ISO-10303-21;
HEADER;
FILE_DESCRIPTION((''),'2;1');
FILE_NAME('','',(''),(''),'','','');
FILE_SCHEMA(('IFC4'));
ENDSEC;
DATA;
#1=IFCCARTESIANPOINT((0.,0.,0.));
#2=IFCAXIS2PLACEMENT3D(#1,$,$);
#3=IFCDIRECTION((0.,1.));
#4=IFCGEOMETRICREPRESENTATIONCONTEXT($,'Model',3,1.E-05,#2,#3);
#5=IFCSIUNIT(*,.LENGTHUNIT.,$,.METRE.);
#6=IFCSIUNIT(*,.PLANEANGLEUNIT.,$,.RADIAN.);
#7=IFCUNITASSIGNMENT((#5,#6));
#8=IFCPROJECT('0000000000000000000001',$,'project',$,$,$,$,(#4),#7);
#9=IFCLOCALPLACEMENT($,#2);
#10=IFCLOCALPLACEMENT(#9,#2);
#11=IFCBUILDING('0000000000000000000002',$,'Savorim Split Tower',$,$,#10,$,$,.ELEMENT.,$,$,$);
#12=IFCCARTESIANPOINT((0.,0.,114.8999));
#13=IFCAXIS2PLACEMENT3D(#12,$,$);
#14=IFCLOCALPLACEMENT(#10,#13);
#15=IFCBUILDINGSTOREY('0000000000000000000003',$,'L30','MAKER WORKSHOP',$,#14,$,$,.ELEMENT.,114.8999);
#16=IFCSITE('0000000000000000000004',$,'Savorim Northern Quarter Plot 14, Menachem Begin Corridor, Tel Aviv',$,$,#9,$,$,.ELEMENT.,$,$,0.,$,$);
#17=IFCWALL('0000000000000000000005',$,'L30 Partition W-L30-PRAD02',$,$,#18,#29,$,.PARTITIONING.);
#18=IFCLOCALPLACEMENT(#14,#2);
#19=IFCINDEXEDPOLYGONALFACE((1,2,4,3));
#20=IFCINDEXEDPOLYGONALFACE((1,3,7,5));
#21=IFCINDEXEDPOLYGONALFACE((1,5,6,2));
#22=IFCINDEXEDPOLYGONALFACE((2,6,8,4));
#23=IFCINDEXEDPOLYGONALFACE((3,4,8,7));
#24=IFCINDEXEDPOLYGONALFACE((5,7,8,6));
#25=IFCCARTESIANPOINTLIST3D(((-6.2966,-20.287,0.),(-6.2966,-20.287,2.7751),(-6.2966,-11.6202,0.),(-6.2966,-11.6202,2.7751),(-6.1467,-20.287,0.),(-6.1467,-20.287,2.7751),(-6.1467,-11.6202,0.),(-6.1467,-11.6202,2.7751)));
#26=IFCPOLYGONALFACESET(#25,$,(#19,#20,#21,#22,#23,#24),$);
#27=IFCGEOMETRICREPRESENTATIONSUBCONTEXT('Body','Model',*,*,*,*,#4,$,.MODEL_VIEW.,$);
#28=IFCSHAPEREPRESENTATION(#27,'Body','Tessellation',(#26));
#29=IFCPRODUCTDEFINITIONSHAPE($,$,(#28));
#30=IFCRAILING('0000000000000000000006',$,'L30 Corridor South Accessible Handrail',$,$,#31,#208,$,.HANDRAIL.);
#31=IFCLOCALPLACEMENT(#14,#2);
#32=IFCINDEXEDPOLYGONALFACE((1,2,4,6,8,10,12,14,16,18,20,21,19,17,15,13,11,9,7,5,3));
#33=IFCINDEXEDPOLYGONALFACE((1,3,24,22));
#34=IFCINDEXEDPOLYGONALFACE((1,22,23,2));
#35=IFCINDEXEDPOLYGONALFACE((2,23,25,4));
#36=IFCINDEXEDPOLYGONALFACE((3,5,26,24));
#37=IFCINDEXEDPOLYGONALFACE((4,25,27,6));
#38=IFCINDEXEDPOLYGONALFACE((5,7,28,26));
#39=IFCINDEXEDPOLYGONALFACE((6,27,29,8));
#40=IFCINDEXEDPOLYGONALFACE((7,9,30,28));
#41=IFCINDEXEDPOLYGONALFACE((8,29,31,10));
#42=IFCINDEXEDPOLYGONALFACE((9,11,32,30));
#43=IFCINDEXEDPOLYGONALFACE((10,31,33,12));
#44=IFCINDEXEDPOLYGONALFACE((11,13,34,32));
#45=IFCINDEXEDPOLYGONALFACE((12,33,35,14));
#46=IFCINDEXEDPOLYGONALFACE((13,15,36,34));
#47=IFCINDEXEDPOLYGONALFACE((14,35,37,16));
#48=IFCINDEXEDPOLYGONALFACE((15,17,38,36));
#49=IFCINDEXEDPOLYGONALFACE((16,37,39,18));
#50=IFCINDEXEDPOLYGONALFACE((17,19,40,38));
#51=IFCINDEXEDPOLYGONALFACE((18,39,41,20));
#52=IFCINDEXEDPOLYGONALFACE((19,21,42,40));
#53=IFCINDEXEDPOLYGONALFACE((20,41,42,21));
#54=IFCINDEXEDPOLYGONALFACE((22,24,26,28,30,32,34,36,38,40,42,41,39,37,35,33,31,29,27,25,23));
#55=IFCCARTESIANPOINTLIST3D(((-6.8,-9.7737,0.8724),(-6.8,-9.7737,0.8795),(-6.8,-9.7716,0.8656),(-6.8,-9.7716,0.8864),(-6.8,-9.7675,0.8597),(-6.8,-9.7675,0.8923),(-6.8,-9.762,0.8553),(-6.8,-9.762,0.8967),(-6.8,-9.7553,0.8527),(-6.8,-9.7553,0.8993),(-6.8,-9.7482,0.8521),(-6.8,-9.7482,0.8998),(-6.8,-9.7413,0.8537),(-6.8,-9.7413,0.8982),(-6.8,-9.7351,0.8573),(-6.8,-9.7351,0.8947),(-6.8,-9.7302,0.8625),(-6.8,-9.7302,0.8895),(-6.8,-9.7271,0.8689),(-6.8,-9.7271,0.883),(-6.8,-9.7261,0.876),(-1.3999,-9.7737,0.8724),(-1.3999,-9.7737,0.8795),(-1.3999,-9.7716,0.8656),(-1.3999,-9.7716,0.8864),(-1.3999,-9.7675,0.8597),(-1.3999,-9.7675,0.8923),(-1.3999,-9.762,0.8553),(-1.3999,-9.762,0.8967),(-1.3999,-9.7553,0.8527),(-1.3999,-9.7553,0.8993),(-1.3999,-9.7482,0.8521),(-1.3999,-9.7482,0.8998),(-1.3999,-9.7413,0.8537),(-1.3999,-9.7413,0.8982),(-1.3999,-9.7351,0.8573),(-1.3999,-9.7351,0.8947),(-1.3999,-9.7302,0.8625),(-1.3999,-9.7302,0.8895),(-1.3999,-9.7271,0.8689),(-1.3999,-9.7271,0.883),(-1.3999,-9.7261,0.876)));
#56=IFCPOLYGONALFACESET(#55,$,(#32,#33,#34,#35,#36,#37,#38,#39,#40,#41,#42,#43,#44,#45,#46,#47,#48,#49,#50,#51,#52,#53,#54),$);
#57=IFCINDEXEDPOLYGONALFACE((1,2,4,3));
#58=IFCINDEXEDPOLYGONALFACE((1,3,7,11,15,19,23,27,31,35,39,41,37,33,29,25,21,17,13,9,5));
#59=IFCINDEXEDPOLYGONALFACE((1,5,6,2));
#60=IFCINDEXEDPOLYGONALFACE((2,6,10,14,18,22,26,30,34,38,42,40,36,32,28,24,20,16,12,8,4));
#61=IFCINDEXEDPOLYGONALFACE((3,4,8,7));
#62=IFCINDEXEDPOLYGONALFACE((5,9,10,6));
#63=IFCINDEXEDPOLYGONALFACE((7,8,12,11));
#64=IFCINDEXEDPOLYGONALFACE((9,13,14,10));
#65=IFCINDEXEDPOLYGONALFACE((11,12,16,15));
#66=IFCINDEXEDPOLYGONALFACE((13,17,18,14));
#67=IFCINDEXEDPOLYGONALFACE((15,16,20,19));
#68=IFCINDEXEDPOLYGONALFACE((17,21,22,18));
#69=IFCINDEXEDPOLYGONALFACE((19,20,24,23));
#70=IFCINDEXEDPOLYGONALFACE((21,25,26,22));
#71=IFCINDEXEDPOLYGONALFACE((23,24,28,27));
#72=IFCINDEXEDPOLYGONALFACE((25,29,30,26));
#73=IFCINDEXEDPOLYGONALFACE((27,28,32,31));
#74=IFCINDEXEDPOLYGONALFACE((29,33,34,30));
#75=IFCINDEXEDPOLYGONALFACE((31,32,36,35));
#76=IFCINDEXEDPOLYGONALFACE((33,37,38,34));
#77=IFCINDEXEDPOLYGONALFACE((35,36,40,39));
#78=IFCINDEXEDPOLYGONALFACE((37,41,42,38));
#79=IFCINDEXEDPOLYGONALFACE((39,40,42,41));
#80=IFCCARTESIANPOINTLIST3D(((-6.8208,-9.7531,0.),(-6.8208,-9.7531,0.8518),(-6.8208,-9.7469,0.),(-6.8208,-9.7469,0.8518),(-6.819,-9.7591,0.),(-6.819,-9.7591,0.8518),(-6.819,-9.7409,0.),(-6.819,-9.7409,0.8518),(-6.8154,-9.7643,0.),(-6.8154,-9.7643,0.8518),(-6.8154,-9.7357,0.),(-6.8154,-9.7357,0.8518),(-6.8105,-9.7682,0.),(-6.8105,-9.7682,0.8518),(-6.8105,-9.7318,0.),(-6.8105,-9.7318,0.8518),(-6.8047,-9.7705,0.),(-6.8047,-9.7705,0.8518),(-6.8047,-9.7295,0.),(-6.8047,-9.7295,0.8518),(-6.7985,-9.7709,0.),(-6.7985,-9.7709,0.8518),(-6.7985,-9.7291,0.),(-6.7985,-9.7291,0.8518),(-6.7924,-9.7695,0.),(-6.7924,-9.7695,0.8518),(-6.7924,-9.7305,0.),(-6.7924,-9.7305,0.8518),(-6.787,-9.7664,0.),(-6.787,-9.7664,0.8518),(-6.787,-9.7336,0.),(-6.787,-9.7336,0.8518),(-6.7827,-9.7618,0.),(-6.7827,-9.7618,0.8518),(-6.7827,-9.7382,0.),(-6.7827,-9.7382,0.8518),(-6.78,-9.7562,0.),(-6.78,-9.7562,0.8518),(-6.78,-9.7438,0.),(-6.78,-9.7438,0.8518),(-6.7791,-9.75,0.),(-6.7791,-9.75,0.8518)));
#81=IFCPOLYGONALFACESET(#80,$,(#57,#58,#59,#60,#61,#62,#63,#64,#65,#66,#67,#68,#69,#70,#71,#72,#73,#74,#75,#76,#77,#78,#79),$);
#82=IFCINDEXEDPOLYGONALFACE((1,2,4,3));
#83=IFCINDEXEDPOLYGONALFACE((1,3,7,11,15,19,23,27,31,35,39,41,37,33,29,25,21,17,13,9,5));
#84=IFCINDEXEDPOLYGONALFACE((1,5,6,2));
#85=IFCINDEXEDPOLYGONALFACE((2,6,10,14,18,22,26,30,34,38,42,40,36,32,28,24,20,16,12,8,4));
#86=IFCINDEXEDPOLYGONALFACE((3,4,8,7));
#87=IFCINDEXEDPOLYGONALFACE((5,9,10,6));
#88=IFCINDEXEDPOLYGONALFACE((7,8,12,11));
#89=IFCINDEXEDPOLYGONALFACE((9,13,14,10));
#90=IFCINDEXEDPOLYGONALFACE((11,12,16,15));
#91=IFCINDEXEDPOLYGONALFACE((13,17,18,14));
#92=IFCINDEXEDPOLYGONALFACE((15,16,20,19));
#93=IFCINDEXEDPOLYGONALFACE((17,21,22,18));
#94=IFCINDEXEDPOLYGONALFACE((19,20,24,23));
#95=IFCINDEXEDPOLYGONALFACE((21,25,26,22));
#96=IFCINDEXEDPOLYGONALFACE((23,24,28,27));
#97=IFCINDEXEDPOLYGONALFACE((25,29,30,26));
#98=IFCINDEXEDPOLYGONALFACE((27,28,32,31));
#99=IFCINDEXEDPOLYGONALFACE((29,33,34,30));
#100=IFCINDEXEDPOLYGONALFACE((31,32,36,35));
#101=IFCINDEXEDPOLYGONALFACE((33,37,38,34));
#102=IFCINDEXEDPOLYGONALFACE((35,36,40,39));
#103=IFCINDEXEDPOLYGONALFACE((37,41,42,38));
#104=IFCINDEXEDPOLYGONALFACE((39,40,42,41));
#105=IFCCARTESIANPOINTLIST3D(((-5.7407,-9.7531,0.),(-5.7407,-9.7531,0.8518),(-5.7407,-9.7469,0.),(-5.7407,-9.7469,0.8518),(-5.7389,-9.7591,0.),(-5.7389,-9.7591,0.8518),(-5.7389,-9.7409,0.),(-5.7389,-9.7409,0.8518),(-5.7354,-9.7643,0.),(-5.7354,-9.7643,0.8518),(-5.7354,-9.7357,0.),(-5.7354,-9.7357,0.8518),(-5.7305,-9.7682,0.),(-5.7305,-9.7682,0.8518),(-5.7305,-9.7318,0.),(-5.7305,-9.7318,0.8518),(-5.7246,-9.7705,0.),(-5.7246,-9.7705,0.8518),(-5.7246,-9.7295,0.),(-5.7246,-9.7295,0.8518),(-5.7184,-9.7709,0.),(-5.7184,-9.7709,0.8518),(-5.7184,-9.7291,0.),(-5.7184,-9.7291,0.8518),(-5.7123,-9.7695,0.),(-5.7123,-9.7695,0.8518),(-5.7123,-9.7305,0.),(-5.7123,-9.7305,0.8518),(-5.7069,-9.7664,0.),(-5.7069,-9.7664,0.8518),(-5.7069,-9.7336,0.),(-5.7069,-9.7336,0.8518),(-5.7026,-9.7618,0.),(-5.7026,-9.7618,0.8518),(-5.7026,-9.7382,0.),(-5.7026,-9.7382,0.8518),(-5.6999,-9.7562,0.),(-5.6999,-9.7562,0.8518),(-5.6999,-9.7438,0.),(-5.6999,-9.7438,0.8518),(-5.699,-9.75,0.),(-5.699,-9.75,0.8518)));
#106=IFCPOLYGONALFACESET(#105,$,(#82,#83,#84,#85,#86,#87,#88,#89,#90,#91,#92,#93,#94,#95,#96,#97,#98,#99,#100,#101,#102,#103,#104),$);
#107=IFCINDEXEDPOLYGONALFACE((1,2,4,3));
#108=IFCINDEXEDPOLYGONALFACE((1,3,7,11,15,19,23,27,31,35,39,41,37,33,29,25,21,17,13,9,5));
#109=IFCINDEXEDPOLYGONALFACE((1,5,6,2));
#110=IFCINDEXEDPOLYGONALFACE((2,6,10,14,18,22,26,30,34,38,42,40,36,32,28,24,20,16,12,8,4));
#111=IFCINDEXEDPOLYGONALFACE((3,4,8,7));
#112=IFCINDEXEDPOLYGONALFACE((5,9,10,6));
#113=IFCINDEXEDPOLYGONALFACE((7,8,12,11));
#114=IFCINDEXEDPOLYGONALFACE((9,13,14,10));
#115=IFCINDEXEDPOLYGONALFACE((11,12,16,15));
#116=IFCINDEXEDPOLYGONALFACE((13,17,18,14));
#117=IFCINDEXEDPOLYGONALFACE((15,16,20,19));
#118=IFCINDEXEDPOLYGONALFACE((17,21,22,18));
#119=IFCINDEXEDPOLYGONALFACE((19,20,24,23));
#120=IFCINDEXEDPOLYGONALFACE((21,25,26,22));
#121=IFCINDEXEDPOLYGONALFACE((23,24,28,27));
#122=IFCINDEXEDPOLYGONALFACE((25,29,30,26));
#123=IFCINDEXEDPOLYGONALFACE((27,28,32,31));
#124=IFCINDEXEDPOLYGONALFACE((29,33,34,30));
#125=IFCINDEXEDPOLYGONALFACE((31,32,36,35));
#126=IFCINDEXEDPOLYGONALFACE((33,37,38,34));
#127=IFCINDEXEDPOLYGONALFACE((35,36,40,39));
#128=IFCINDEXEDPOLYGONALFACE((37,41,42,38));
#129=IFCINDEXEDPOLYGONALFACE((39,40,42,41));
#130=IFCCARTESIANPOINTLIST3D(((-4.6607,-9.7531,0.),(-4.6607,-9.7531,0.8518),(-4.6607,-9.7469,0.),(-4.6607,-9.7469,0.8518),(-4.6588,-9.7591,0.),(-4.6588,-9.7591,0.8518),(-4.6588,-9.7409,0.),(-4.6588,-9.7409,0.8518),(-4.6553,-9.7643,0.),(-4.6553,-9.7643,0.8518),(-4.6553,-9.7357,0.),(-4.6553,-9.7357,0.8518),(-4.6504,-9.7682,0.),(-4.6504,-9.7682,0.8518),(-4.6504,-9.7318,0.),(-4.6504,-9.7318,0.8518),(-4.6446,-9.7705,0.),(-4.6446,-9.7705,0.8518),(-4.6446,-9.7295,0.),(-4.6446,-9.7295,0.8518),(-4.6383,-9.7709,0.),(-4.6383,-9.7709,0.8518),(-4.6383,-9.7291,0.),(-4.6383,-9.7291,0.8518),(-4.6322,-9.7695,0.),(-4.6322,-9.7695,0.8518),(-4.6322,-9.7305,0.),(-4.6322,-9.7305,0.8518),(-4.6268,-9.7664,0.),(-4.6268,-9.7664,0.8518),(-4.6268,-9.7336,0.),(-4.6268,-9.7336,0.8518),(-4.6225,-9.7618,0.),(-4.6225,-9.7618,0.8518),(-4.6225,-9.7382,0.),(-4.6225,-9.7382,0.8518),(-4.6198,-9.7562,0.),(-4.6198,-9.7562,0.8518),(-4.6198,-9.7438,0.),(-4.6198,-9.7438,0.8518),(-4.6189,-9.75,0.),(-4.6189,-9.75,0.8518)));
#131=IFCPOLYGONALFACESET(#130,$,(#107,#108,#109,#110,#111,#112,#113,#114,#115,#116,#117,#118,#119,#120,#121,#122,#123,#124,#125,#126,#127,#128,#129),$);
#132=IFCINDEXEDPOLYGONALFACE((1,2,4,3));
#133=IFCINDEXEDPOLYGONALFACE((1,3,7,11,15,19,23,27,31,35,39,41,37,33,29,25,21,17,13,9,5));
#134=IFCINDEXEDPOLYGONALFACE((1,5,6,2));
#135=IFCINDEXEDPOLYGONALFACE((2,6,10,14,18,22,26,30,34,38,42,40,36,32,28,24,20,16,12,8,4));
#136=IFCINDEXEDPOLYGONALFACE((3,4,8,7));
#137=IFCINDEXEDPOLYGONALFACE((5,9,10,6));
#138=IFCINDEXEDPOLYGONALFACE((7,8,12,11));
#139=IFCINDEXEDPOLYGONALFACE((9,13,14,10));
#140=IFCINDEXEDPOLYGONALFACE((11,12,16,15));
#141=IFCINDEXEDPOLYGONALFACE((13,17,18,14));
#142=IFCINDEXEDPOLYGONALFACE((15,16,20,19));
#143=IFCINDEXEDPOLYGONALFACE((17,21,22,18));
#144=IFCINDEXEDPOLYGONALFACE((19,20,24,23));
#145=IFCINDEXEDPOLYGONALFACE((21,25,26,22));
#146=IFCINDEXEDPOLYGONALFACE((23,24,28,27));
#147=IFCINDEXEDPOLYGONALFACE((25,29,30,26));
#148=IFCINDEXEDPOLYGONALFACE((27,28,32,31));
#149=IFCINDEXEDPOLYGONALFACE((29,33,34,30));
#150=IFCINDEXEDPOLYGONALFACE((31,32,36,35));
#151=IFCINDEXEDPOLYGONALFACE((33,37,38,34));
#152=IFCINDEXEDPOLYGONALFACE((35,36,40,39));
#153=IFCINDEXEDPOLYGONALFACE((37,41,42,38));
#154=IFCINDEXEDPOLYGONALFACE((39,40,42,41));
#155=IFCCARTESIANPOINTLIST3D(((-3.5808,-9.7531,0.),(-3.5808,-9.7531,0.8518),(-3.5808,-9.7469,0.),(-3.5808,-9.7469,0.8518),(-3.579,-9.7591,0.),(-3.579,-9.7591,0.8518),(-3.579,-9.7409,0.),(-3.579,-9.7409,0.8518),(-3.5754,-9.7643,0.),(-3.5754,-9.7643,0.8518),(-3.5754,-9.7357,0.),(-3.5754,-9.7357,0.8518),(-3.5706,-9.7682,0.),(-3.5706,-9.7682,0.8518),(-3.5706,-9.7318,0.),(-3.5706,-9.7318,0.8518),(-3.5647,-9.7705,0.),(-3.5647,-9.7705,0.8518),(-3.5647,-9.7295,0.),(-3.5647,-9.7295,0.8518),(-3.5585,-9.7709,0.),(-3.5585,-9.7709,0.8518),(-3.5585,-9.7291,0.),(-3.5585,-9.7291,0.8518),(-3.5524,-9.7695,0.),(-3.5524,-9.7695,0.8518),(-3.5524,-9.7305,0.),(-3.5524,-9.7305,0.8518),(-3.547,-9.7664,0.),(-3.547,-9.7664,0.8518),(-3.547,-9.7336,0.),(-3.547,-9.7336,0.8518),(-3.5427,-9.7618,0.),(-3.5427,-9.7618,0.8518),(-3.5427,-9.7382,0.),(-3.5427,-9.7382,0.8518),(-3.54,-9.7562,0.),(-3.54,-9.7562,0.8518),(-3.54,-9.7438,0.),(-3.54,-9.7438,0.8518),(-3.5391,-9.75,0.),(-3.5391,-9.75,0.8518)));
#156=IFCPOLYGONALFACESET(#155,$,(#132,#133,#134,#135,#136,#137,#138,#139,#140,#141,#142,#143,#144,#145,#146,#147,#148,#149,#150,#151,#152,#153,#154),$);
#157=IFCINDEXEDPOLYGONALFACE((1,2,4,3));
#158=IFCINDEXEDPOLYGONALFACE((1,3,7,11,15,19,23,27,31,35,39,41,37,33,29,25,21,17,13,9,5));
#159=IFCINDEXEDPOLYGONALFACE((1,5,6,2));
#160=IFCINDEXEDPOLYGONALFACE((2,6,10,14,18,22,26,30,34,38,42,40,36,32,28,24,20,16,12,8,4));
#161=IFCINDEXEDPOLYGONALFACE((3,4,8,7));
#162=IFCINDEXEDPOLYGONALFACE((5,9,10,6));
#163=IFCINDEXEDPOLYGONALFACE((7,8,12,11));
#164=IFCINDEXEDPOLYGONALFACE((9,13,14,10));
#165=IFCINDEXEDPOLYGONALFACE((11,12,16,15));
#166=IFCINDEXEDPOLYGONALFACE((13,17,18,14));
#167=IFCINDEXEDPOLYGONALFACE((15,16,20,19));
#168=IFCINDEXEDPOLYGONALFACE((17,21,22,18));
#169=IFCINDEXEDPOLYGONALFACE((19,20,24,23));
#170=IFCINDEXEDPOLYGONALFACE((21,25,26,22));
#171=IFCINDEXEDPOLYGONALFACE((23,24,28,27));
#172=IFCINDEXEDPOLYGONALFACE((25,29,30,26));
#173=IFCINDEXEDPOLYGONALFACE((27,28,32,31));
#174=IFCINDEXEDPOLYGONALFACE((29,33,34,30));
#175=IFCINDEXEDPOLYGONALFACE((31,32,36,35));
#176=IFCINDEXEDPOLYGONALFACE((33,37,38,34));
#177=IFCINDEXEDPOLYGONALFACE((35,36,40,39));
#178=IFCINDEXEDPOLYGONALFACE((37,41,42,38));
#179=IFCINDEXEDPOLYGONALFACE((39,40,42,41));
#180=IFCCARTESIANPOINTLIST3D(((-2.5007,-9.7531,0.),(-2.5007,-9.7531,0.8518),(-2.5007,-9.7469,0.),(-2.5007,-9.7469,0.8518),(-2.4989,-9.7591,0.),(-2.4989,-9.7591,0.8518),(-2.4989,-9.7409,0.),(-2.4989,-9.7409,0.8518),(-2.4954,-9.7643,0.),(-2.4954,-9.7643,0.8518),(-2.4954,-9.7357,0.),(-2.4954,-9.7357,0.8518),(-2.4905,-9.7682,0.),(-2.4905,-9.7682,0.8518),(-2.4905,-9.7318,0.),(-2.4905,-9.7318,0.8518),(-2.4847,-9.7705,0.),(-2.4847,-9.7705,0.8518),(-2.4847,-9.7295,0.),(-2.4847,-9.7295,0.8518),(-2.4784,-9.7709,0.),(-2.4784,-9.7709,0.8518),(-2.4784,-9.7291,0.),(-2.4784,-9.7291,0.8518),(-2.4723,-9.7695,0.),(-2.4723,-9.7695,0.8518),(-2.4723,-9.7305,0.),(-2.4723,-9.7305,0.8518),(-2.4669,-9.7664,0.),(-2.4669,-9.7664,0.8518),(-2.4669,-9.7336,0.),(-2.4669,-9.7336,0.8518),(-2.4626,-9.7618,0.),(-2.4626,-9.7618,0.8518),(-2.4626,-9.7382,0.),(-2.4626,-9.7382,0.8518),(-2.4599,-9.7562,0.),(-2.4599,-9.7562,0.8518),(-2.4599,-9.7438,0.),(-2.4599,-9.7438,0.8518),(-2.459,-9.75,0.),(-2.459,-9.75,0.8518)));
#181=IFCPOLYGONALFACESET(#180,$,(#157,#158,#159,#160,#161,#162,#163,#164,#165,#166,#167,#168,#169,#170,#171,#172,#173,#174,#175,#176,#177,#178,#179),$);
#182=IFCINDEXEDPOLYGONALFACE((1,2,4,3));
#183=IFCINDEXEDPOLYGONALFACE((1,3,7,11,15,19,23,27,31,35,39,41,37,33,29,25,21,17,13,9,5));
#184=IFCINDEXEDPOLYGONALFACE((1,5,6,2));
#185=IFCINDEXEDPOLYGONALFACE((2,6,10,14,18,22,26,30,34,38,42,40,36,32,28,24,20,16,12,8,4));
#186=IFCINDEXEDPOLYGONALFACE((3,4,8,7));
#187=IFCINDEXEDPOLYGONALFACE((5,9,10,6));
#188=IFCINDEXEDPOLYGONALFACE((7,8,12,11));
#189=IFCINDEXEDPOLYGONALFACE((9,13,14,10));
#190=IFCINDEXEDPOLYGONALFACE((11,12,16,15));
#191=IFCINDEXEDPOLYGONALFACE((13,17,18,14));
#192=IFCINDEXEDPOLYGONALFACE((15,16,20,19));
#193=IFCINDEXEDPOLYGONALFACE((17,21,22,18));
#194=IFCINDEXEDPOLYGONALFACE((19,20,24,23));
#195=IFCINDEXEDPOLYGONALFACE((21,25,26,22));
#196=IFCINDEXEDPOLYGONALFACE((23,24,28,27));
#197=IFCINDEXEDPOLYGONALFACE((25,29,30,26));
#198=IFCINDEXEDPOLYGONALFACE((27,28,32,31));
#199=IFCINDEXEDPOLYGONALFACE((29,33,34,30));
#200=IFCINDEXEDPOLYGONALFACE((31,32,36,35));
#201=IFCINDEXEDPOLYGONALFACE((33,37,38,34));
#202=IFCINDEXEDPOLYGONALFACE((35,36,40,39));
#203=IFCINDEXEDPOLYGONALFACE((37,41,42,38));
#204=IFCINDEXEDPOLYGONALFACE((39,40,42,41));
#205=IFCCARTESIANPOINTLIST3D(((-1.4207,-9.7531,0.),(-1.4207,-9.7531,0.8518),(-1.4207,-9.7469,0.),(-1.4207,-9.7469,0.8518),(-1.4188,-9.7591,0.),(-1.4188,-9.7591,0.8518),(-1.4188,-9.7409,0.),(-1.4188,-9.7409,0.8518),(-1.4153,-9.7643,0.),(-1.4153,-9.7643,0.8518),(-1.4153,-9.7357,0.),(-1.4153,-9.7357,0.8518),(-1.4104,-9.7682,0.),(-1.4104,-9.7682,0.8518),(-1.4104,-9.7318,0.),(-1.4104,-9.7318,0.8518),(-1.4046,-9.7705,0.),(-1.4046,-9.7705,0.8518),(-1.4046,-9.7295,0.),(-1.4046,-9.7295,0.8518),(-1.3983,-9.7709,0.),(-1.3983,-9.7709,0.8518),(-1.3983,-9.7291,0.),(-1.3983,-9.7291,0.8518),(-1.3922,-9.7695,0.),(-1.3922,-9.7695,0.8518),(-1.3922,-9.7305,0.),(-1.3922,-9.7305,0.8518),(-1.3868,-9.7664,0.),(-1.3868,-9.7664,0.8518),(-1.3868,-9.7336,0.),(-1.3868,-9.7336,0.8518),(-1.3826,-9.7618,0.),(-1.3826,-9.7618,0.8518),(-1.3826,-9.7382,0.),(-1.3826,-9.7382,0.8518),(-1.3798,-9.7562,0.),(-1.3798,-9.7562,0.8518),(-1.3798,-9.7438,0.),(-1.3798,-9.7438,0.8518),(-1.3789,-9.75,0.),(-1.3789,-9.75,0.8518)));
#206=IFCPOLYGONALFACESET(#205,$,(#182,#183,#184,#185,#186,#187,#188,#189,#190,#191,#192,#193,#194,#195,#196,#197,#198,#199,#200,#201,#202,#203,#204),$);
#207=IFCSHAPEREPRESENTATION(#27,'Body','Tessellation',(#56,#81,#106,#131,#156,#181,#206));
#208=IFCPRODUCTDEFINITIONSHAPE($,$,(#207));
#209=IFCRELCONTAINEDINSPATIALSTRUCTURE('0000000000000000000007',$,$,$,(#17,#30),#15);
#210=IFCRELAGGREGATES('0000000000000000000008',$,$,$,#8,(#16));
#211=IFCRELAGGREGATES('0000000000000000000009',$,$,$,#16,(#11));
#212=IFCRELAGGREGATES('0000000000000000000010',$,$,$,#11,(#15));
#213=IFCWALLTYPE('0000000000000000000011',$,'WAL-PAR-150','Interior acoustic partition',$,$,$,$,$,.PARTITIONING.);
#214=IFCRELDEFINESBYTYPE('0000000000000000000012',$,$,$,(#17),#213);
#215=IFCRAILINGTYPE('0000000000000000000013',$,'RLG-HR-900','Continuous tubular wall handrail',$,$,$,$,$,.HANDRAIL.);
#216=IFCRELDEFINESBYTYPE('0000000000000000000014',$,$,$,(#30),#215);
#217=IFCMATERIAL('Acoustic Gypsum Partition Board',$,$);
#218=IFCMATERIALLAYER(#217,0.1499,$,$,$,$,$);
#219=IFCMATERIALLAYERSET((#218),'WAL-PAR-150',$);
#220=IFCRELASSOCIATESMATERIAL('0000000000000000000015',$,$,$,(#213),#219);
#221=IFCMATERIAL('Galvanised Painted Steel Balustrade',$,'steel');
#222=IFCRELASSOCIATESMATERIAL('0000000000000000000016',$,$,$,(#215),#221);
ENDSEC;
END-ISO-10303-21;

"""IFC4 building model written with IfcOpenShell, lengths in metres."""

from ifc_helpers import new_model, si_unit, direction, frame, frame_2d, origin, origin_2d, place, context, subcontext, project, spatial, rectangle, circle, extrude, material, layer, layer_set, type_object, element, save


model = new_model("IFC4")

# Units and contexts
model_context = context("Model", 3, precision=1e-05, world=origin(), true_north=direction((0.0, 1.0)))
body_context = subcontext(model_context, "Body", "Model", "MODEL_VIEW")
ifc_project = project(units=[si_unit("LENGTHUNIT", "METRE"), si_unit("PLANEANGLEUNIT", "RADIAN")], contexts=[model_context])

# Site, building, storey
site_placement = place(None, origin())
site = spatial("IfcSite", under=ifc_project, at=site_placement, Name="Savorim Northern Quarter Plot 14, Menachem Begin Corridor, Tel Aviv", CompositionType="ELEMENT", RefElevation=0.0)
building_placement = place(site_placement, origin())
building = spatial("IfcBuilding", under=site, at=building_placement, Name="Savorim Split Tower", CompositionType="ELEMENT")
storey_placement = place(building_placement, frame((0.0, 0.0, 114.8999)))
storey = spatial("IfcBuildingStorey", under=building, at=storey_placement, Name="L30", Description="MAKER WORKSHOP", CompositionType="ELEMENT", Elevation=114.8999)

# Shared definitions
ifc_material_1 = material(Name="Acoustic Gypsum Partition Board")
ifc_layer_1 = layer(ifc_material_1, 0.1499)
ifc_layer_set_1 = layer_set([ifc_layer_1], Name="WAL-PAR-150")
wall_type_1 = type_object("IfcWallType", Name="WAL-PAR-150", Description="Interior acoustic partition", PredefinedType="PARTITIONING", material=ifc_layer_set_1)

# Wall
wall_1_placement = place(storey_placement, frame((-6.2217, -11.6201, 0.0), z_axis=(0.0, 0.0, 1.0), x_axis=(0.0, -1.0, 0.0)))
element("IfcWall", 1, at=wall_1_placement, inside=storey, type_object=wall_type_1, Name="L30 Partition W-L30-PRAD02", PredefinedType="PARTITIONING", context=body_context, shape_type="SweptSolid", body=[
    extrude(rectangle(XDim=8.6667, YDim=0.1499, at=frame_2d((4.3335, 0.0))), origin(), (0.0, 0.0, 1.0), 2.7751),
])

# Railing
ifc_material_2 = material(Name="Galvanised Painted Steel Balustrade", Category="steel")
railing_type = type_object("IfcRailingType", Name="RLG-HR-900", Description="Continuous tubular wall handrail", PredefinedType="HANDRAIL", material=ifc_material_2)
railing_placement = place(storey_placement, frame((-6.8, -9.75, 0.0)))
element("IfcRailing", 2, at=railing_placement, inside=storey, type_object=railing_type, Name="L30 Corridor South Accessible Handrail", PredefinedType="HANDRAIL", context=body_context, shape_type="SweptSolid", body=[
    extrude(circle(Radius=0.0239, at=origin_2d()), frame((0.0, 0.0, 0.876), z_axis=(1.0, 0.0, 0.0), x_axis=(0.0, 1.0, 0.0)), (0.0, 0.0, 1.0), 5.4001),
    extrude(circle(Radius=0.021, at=origin_2d()), origin(), (0.0, 0.0, 1.0), 0.8518),
    extrude(circle(Radius=0.021, at=origin_2d()), frame((1.0801, 0.0, 0.0)), (0.0, 0.0, 1.0), 0.8518),
    extrude(circle(Radius=0.021, at=origin_2d()), frame((2.1602, 0.0, 0.0)), (0.0, 0.0, 1.0), 0.8518),
    extrude(circle(Radius=0.021, at=origin_2d()), frame((3.24, 0.0, 0.0)), (0.0, 0.0, 1.0), 0.8518),
    extrude(circle(Radius=0.021, at=origin_2d()), frame((4.3201, 0.0, 0.0)), (0.0, 0.0, 1.0), 0.8518),
    extrude(circle(Radius=0.021, at=origin_2d()), frame((5.4001, 0.0, 0.0)), (0.0, 0.0, 1.0), 0.8518),
])

save(model, "model.ifc")
